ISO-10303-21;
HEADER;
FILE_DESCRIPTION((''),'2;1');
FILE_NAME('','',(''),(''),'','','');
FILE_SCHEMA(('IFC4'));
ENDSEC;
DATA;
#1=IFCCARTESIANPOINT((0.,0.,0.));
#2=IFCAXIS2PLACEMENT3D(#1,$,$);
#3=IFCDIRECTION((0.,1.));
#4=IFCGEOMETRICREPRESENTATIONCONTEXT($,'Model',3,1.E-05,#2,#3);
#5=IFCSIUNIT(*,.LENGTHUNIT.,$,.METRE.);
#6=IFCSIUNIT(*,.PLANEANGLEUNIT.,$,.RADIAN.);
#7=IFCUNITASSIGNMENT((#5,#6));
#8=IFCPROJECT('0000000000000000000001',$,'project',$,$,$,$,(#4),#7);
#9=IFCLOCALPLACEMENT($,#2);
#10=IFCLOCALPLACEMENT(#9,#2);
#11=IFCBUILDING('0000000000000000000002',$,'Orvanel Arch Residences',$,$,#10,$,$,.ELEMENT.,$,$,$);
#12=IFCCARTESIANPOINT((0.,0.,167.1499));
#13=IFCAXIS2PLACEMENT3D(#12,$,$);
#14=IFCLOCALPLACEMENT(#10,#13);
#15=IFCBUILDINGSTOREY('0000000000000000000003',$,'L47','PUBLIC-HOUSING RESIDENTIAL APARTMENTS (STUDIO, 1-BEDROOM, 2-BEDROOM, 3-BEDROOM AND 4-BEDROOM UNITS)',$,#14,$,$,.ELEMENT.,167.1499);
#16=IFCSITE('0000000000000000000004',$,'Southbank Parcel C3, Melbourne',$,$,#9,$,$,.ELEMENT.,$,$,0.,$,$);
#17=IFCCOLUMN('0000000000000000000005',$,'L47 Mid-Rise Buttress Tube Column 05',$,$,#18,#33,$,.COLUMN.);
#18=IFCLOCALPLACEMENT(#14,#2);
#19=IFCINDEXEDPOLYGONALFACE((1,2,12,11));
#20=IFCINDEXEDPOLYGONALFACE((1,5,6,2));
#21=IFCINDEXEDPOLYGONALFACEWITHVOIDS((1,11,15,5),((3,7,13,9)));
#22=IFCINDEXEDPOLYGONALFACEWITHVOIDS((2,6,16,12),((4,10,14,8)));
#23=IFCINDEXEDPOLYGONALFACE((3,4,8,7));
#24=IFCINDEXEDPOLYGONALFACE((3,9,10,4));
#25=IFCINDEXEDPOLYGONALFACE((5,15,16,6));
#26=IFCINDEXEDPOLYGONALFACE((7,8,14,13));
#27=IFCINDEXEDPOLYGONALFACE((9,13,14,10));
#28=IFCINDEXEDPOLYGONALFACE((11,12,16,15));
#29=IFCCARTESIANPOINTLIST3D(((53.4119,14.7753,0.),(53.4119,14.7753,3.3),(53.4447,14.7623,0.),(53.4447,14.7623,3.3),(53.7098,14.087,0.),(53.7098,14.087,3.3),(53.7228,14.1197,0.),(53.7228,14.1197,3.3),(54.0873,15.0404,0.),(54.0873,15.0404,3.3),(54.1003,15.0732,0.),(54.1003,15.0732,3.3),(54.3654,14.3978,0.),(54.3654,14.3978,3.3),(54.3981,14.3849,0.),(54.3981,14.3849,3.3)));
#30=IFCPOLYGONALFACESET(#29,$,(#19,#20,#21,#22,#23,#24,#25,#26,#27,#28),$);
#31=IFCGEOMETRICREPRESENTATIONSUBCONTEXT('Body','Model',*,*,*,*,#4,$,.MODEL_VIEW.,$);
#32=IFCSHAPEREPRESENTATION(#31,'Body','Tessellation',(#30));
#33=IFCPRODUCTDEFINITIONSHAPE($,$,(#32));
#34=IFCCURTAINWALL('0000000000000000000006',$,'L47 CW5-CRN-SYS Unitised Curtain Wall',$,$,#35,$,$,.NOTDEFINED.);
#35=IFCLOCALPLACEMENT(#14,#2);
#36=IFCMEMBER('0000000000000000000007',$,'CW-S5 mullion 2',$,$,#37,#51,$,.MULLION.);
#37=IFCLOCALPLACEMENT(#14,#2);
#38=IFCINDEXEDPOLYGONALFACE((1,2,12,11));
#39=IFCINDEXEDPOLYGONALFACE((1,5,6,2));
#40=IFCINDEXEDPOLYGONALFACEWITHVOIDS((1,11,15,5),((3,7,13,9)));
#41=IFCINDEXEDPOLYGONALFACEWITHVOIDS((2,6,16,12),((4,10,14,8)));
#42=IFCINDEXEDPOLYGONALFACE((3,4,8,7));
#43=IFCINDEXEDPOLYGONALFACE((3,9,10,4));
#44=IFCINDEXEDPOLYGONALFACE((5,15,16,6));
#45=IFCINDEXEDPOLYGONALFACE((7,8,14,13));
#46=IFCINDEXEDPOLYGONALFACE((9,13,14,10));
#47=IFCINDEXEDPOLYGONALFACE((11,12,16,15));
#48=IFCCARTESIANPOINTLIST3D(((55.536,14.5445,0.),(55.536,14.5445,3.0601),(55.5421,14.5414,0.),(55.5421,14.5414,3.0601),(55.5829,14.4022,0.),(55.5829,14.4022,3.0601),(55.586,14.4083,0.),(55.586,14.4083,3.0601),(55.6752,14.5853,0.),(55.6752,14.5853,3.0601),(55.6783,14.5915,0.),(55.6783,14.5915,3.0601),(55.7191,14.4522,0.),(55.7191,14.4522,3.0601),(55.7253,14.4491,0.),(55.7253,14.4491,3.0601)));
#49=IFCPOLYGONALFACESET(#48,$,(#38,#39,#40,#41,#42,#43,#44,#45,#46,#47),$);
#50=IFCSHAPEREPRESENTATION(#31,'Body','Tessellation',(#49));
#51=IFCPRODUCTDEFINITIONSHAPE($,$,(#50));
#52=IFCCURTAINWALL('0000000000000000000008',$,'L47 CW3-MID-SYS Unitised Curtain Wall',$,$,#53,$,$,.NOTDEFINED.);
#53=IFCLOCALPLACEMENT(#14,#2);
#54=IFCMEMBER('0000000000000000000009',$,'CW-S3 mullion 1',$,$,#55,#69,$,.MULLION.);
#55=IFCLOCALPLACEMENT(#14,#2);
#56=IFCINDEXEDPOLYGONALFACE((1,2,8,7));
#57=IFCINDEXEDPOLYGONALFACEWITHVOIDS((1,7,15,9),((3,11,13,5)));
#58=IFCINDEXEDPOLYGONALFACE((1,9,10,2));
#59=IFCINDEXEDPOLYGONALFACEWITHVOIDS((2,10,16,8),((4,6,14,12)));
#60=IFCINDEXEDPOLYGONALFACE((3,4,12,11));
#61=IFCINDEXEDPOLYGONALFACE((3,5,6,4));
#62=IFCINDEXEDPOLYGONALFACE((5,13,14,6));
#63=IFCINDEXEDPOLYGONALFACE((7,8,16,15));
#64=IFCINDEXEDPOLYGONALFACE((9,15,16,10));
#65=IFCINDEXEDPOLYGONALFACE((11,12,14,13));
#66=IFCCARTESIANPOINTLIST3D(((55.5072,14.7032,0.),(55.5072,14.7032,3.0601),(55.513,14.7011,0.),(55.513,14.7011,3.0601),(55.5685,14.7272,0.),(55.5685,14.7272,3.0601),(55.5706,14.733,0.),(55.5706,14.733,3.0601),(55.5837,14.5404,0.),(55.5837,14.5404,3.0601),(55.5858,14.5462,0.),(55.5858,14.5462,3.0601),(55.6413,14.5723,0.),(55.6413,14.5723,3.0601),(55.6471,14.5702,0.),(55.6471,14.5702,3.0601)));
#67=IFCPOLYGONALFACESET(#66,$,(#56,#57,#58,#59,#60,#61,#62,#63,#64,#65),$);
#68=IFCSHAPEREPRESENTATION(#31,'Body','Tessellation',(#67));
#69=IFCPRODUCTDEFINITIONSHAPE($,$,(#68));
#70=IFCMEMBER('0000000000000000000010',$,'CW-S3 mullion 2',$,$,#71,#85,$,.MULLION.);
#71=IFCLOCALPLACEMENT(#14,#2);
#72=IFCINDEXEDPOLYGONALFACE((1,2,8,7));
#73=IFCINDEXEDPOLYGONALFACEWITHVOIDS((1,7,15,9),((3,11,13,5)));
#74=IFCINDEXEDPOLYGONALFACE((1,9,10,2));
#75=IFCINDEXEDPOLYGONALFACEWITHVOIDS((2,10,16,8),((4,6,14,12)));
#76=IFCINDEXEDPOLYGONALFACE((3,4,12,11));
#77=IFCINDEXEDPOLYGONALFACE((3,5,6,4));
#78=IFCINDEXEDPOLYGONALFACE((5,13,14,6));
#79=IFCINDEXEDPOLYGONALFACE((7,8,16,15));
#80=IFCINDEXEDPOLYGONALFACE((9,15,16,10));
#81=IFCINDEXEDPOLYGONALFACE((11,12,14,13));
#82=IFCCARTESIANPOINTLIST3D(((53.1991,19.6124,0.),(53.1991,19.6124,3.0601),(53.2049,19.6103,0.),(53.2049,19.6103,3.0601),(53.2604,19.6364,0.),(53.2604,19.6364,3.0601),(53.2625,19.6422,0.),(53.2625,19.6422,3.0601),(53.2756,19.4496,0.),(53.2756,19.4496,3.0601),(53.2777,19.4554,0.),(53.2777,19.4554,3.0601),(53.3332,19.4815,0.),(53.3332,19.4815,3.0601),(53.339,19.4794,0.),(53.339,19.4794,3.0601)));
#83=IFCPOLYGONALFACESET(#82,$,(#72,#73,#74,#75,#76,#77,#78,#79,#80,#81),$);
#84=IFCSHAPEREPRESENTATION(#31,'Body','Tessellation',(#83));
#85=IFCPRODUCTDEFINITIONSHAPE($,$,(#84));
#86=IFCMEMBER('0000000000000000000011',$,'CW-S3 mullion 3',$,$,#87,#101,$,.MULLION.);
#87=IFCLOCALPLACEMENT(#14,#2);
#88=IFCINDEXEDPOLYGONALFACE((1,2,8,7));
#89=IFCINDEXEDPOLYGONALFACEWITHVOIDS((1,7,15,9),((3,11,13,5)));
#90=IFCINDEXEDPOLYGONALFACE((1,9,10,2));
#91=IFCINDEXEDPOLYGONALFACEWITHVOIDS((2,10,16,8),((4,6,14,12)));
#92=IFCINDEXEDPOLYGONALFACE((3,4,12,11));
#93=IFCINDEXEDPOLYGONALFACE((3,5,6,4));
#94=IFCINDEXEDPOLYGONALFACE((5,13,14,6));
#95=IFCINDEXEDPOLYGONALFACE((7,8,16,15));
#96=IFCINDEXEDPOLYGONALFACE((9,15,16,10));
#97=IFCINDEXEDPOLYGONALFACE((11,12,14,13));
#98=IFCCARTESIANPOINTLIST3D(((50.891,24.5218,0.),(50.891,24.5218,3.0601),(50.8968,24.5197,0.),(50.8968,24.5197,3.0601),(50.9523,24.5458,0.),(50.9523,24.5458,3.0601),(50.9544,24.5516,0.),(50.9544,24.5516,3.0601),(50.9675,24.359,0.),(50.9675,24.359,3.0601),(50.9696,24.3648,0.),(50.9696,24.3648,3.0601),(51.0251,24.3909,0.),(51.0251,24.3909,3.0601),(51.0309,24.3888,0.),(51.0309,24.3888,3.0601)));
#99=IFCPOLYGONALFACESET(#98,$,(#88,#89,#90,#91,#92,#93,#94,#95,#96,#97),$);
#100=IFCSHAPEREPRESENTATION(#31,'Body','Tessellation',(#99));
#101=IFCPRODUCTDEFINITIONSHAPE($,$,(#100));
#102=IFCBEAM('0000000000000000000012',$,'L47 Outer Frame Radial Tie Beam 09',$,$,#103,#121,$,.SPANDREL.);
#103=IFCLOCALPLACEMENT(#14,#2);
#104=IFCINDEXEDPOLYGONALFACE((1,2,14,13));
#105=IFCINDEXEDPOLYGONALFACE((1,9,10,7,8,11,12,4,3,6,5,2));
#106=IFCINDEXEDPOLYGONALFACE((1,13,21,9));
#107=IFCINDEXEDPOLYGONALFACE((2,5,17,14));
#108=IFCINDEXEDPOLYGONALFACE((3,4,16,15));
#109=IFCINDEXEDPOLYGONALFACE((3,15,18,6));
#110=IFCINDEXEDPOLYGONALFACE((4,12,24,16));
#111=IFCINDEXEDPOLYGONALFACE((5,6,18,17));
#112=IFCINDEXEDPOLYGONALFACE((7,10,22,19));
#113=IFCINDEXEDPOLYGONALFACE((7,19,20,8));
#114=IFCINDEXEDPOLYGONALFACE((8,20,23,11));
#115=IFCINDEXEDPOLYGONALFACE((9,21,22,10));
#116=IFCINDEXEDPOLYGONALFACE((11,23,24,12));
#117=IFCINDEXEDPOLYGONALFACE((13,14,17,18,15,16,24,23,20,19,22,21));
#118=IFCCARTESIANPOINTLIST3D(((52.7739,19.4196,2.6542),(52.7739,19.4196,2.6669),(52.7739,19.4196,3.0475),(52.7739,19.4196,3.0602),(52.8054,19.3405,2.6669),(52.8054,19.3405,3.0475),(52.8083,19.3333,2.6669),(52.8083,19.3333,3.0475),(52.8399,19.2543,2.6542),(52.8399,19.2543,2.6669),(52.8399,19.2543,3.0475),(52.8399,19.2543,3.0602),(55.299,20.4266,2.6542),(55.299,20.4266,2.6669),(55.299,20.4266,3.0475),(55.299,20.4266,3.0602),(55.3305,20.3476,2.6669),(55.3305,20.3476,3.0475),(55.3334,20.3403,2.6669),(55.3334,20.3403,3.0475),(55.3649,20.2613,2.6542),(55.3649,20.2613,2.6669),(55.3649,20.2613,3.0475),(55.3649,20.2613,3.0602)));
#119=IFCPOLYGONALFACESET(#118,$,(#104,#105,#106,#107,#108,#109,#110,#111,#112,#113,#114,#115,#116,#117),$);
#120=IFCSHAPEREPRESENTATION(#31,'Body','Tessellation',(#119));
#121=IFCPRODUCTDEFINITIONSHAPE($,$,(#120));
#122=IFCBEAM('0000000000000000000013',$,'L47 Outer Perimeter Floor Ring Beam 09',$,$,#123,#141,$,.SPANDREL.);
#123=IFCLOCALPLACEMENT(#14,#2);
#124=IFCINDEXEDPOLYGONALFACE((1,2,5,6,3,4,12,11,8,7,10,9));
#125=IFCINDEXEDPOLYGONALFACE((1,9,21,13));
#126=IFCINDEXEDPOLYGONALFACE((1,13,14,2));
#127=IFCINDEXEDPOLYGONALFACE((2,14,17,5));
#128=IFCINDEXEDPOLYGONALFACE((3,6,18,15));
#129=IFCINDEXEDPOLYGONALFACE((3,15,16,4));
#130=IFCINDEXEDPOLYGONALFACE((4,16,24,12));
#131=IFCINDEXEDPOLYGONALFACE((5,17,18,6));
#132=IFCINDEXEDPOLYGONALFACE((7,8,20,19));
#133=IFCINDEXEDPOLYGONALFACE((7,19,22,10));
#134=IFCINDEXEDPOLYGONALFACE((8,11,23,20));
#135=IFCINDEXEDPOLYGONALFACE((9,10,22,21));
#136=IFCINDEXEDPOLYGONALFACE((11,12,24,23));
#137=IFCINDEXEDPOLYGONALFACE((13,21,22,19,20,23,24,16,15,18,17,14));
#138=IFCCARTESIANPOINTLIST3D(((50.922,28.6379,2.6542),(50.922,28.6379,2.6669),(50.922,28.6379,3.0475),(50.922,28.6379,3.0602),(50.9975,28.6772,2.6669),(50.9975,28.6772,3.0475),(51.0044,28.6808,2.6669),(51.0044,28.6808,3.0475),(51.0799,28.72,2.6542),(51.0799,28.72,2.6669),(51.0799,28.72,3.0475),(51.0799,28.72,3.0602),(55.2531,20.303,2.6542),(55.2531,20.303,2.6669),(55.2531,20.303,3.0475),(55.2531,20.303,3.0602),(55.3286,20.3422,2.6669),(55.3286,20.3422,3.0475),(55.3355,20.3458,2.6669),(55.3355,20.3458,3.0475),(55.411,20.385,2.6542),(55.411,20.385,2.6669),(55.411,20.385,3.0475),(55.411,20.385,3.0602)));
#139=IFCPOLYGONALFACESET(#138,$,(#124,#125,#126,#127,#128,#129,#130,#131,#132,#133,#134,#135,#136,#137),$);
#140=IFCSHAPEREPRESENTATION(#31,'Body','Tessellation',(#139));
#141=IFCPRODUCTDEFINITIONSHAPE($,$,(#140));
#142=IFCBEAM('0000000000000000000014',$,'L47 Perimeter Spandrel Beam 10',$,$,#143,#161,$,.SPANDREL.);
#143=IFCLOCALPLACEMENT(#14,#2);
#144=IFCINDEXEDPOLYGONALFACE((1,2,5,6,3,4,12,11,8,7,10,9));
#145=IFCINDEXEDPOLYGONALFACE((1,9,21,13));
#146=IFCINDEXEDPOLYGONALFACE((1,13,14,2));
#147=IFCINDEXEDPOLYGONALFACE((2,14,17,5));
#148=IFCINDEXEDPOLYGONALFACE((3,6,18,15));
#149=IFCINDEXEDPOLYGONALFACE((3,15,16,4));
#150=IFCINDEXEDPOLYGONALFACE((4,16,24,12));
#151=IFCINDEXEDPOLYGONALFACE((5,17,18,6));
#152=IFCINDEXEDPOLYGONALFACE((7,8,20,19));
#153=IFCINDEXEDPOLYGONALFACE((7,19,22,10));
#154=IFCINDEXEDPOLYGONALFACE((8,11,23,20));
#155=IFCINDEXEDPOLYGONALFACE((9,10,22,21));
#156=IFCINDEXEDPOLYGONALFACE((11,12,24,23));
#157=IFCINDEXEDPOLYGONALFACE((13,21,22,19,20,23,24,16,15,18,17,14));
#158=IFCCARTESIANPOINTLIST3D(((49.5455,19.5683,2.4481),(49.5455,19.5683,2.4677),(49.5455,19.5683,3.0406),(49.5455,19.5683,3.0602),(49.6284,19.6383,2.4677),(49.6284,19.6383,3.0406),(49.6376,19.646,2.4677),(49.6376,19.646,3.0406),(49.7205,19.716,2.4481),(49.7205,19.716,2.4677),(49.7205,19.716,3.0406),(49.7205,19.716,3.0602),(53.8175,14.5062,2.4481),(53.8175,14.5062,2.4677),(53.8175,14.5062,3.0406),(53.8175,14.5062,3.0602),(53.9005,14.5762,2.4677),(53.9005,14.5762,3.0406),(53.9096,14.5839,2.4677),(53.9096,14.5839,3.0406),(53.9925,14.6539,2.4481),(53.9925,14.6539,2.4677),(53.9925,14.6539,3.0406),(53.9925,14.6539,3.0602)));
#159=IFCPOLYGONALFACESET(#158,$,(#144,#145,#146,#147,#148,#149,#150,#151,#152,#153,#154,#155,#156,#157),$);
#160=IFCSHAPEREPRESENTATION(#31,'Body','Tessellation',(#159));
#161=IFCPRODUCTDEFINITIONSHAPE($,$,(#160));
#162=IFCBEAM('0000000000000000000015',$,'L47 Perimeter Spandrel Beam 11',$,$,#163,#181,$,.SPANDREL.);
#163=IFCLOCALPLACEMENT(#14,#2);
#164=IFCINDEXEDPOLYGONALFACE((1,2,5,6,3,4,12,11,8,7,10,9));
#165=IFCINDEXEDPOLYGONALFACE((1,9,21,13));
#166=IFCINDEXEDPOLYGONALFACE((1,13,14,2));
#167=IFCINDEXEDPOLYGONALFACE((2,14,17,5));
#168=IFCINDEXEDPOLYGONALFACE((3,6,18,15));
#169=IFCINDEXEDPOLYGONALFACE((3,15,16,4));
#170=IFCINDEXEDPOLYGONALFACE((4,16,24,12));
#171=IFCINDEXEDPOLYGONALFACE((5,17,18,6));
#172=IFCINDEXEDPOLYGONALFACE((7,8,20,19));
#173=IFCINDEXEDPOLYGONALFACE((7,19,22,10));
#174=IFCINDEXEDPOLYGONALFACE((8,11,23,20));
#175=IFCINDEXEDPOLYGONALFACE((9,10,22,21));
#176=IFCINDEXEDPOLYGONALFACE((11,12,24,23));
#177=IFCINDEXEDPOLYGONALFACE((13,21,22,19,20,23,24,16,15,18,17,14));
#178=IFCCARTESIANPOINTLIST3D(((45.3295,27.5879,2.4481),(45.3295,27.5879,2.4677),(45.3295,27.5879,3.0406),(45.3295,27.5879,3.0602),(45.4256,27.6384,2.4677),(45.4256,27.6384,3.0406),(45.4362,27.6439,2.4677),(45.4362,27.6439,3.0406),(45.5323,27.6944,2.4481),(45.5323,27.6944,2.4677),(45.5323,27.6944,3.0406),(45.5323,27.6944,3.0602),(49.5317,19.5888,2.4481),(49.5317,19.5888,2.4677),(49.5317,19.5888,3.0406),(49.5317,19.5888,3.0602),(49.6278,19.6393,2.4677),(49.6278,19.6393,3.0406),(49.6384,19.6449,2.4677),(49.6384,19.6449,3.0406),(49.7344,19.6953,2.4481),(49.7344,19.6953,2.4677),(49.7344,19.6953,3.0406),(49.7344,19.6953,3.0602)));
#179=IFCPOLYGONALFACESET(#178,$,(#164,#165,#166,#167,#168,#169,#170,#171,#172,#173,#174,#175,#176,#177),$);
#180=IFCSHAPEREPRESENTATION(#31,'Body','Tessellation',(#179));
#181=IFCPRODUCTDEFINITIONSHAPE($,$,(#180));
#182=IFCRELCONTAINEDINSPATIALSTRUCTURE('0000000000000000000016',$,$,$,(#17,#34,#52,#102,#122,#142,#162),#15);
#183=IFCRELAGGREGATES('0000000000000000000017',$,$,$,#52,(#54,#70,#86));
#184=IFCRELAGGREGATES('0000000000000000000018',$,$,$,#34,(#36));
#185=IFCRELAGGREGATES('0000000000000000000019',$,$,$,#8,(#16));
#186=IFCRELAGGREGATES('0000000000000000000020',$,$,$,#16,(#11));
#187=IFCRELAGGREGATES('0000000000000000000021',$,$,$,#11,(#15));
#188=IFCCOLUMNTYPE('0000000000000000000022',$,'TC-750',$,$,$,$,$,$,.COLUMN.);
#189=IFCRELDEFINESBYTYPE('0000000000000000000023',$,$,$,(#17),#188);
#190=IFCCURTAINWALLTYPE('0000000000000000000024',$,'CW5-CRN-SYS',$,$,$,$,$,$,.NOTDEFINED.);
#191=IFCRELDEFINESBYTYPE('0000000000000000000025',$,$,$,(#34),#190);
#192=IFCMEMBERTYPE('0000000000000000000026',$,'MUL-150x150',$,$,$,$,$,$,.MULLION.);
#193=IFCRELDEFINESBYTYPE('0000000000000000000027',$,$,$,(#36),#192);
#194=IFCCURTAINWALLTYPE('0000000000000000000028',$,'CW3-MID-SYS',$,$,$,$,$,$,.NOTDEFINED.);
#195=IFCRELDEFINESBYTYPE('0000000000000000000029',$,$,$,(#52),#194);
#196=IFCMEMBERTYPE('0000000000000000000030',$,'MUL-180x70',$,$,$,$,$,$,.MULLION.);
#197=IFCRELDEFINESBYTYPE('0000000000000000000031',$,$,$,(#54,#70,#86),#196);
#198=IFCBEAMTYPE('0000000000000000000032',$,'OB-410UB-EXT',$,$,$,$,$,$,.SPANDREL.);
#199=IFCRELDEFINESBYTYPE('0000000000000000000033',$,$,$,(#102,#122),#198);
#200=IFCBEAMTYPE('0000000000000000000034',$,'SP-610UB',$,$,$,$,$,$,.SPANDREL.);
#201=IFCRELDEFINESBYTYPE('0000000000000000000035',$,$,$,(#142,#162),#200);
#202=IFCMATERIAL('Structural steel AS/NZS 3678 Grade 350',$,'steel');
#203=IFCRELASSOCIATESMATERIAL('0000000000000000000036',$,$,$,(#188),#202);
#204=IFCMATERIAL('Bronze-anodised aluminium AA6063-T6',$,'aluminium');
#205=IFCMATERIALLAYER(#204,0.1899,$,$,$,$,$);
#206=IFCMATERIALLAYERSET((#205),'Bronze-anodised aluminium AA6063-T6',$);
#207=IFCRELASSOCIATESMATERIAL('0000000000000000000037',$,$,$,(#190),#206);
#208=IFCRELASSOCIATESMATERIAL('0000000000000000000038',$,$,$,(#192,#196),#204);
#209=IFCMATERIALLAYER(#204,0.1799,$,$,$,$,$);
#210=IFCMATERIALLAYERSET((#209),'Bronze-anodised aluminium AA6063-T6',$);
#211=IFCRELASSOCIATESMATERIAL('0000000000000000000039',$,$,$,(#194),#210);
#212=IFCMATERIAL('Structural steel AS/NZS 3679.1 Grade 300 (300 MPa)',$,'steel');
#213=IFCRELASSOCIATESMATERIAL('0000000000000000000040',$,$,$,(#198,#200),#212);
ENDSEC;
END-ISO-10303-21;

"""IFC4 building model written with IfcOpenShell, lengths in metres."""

from ifc_helpers import new_model, si_unit, direction, frame, origin, origin_2d, place, context, subcontext, project, spatial, hollow_rectangle, i_section, extrude, material, layer, layer_set, material_profile, profile_set, type_object, element, aggregate, save


model = new_model("IFC4")

# Units and contexts
model_context = context("Model", 3, precision=1e-05, world=origin(), true_north=direction((0.0, 1.0)))
body_context = subcontext(model_context, "Body", "Model", "MODEL_VIEW")
ifc_project = project(units=[si_unit("LENGTHUNIT", "METRE"), si_unit("PLANEANGLEUNIT", "RADIAN")], contexts=[model_context])

# Site, building, storey
site_placement = place(None, origin())
site = spatial("IfcSite", under=ifc_project, at=site_placement, Name="Southbank Parcel C3, Melbourne", CompositionType="ELEMENT", RefElevation=0.0)
building_placement = place(site_placement, origin())
building = spatial("IfcBuilding", under=site, at=building_placement, Name="Orvanel Arch Residences", CompositionType="ELEMENT")
storey_placement = place(building_placement, frame((0.0, 0.0, 167.1499)))
storey = spatial("IfcBuildingStorey", under=building, at=storey_placement, Name="L47", Description="PUBLIC-HOUSING RESIDENTIAL APARTMENTS (STUDIO, 1-BEDROOM, 2-BEDROOM, 3-BEDROOM AND 4-BEDROOM UNITS)", CompositionType="ELEMENT", Elevation=167.1499)

# Column
ifc_material_1 = material(Name="Structural steel AS/NZS 3678 Grade 350", Category="steel")
ifc_material_profile_1 = material_profile(ifc_material_1, hollow_rectangle(XDim=0.75, YDim=0.75, WallThickness=0.0249, at=origin_2d()), Name="BOX750x750x25")
ifc_profile_set_1 = profile_set([ifc_material_profile_1], Name="Structural steel AS/NZS 3678 Grade 350")
column_type = type_object("IfcColumnType", Name="TC-750", PredefinedType="COLUMN", material=ifc_profile_set_1)
column_placement = place(storey_placement, frame((53.905, 14.5801, 0.0), z_axis=(0.0, 0.0, 1.0), x_axis=(-0.397148, 0.917755, 0.0)))
element("IfcColumn", 1, at=column_placement, inside=storey, type_object=column_type, Name="L47 Mid-Rise Buttress Tube Column 05", PredefinedType="COLUMN", context=body_context, shape_type="SweptSolid", body=[
    extrude(hollow_rectangle(XDim=0.75, YDim=0.75, WallThickness=0.0249, at=origin_2d()), origin(), (0.0, 0.0, 1.0), 3.3),
])

# Curtain wall, member
ifc_material_2 = material(Name="Bronze-anodised aluminium AA6063-T6", Category="aluminium")
ifc_layer_1 = layer(ifc_material_2, 0.1899)
ifc_layer_set_1 = layer_set([ifc_layer_1], Name="Bronze-anodised aluminium AA6063-T6")
curtain_wall_type_1 = type_object("IfcCurtainWallType", Name="CW5-CRN-SYS", PredefinedType="NOTDEFINED", material=ifc_layer_set_1)
curtain_wall_1_placement = place(storey_placement, origin())
curtain_wall_1 = element("IfcCurtainWall", 2, at=curtain_wall_1_placement, inside=storey, type_object=curtain_wall_type_1, Name="L47 CW5-CRN-SYS Unitised Curtain Wall", PredefinedType="NOTDEFINED")
ifc_material_profile_2 = material_profile(ifc_material_2, hollow_rectangle(XDim=0.1499, YDim=0.1499, WallThickness=0.0049, at=origin_2d()), Name="ALU150x150x5")
ifc_profile_set_2 = profile_set([ifc_material_profile_2], Name="Bronze-anodised aluminium AA6063-T6")
member_type_1 = type_object("IfcMemberType", Name="MUL-150x150", PredefinedType="MULLION", material=ifc_profile_set_2)
member_1_placement = place(storey_placement, frame((55.6306, 14.4968, 0.0), z_axis=(0.0, 0.0, 1.0), x_axis=(-0.949629, -0.313375, 0.0)))
member_1 = element("IfcMember", 3, at=member_1_placement, type_object=member_type_1, Name="CW-S5 mullion 2", PredefinedType="MULLION", context=body_context, shape_type="SweptSolid", body=[
    extrude(hollow_rectangle(XDim=0.1499, YDim=0.1499, WallThickness=0.0049, at=origin_2d()), origin(), (0.0, 0.0, 1.0), 3.0601),
])

# Curtain wall, members
ifc_layer_2 = layer(ifc_material_2, 0.1799)
ifc_layer_set_2 = layer_set([ifc_layer_2], Name="Bronze-anodised aluminium AA6063-T6")
curtain_wall_type_2 = type_object("IfcCurtainWallType", Name="CW3-MID-SYS", PredefinedType="NOTDEFINED", material=ifc_layer_set_2)
curtain_wall_2_placement = place(storey_placement, origin())
curtain_wall_2 = element("IfcCurtainWall", 4, at=curtain_wall_2_placement, inside=storey, type_object=curtain_wall_type_2, Name="L47 CW3-MID-SYS Unitised Curtain Wall", PredefinedType="NOTDEFINED")
ifc_material_profile_3 = material_profile(ifc_material_2, hollow_rectangle(XDim=0.0701, YDim=0.1799, WallThickness=0.0044, at=origin_2d()), Name="ALU180x70x4.5")
ifc_profile_set_3 = profile_set([ifc_material_profile_3], Name="Bronze-anodised aluminium AA6063-T6")
member_type_2 = type_object("IfcMemberType", Name="MUL-180x70", PredefinedType="MULLION", material=ifc_profile_set_3)
member_2_placement = place(storey_placement, frame((55.5771, 14.6367, 0.0), z_axis=(0.0, 0.0, 1.0), x_axis=(-0.904972, -0.425471, 0.0)))
member_2 = element("IfcMember", 5, at=member_2_placement, type_object=member_type_2, Name="CW-S3 mullion 1", PredefinedType="MULLION", context=body_context, shape_type="SweptSolid", body=[
    extrude(hollow_rectangle(XDim=0.0701, YDim=0.1799, WallThickness=0.0044, at=origin_2d()), origin(), (0.0, 0.0, 1.0), 3.0601),
])
member_3_placement = place(storey_placement, frame((53.269, 19.5459, 0.0), z_axis=(0.0, 0.0, 1.0), x_axis=(-0.904972, -0.425471, 0.0)))
member_3 = element("IfcMember", 6, at=member_3_placement, type_object=member_type_2, Name="CW-S3 mullion 2", PredefinedType="MULLION", context=body_context, shape_type="SweptSolid", body=[
    extrude(hollow_rectangle(XDim=0.0701, YDim=0.1799, WallThickness=0.0044, at=origin_2d()), origin(), (0.0, 0.0, 1.0), 3.0601),
])
member_4_placement = place(storey_placement, frame((50.9609, 24.4553, 0.0), z_axis=(0.0, 0.0, 1.0), x_axis=(-0.904972, -0.425471, 0.0)))
member_4 = element("IfcMember", 7, at=member_4_placement, type_object=member_type_2, Name="CW-S3 mullion 3", PredefinedType="MULLION", context=body_context, shape_type="SweptSolid", body=[
    extrude(hollow_rectangle(XDim=0.0701, YDim=0.1799, WallThickness=0.0044, at=origin_2d()), origin(), (0.0, 0.0, 1.0), 3.0601),
])

# Beams
ifc_material_3 = material(Name="Structural steel AS/NZS 3679.1 Grade 300 (300 MPa)", Category="steel")
ifc_material_profile_4 = material_profile(ifc_material_3, i_section(OverallWidth=0.178, OverallDepth=0.406, WebThickness=0.0078, FlangeThickness=0.0127, at=origin_2d()), Name="410UB59.7")
ifc_profile_set_4 = profile_set([ifc_material_profile_4], Name="Structural steel AS/NZS 3679.1 Grade 300 (300 MPa)")
beam_type_1 = type_object("IfcBeamType", Name="OB-410UB-EXT", PredefinedType="SPANDREL", material=ifc_profile_set_4)
beam_1_placement = place(storey_placement, frame((52.8069, 19.3369, 2.8572), z_axis=(0.928854, 0.370446, 0.0), x_axis=(-0.370446, 0.928854, 0.0)))
element("IfcBeam", 8, at=beam_1_placement, inside=storey, type_object=beam_type_1, Name="L47 Outer Frame Radial Tie Beam 09", PredefinedType="SPANDREL", context=body_context, shape_type="SweptSolid", body=[
    extrude(i_section(OverallWidth=0.178, OverallDepth=0.406, WebThickness=0.0078, FlangeThickness=0.0127, at=origin_2d()), origin(), (0.0, 0.0, 1.0), 2.7185),
])
beam_2_placement = place(storey_placement, frame((55.332, 20.344, 2.8572), z_axis=(-0.461091, 0.887353, 0.0), x_axis=(-0.887353, -0.461091, 0.0)))
element("IfcBeam", 9, at=beam_2_placement, inside=storey, type_object=beam_type_1, Name="L47 Outer Perimeter Floor Ring Beam 09", PredefinedType="SPANDREL", context=body_context, shape_type="SweptSolid", body=[
    extrude(i_section(OverallWidth=0.178, OverallDepth=0.406, WebThickness=0.0078, FlangeThickness=0.0127, at=origin_2d()), origin(), (0.0, 0.0, 1.0), 9.3931),
])
ifc_material_profile_5 = material_profile(ifc_material_3, i_section(OverallWidth=0.229, OverallDepth=0.6121, WebThickness=0.012, FlangeThickness=0.0195, at=origin_2d()), Name="610UB125")
ifc_profile_set_5 = profile_set([ifc_material_profile_5], Name="Structural steel AS/NZS 3679.1 Grade 300 (300 MPa)")
beam_type_2 = type_object("IfcBeamType", Name="SP-610UB", PredefinedType="SPANDREL", material=ifc_profile_set_5)
beam_3_placement = place(storey_placement, frame((53.905, 14.5801, 2.7542), z_axis=(-0.64495, 0.764224, 0.0), x_axis=(-0.764224, -0.64495, 0.0)))
element("IfcBeam", 10, at=beam_3_placement, inside=storey, type_object=beam_type_2, Name="L47 Perimeter Spandrel Beam 10", PredefinedType="SPANDREL", context=body_context, shape_type="SweptSolid", body=[
    extrude(i_section(OverallWidth=0.229, OverallDepth=0.6121, WebThickness=0.012, FlangeThickness=0.0195, at=origin_2d()), origin(), (0.0, 0.0, 1.0), 6.6238),
])
beam_4_placement = place(storey_placement, frame((49.6331, 19.6421, 2.7542), z_axis=(-0.465065, 0.885277, 0.0), x_axis=(-0.885277, -0.465065, 0.0)))
element("IfcBeam", 11, at=beam_4_placement, inside=storey, type_object=beam_type_2, Name="L47 Perimeter Spandrel Beam 11", PredefinedType="SPANDREL", context=body_context, shape_type="SweptSolid", body=[
    extrude(i_section(OverallWidth=0.229, OverallDepth=0.6121, WebThickness=0.012, FlangeThickness=0.0195, at=origin_2d()), origin(), (0.0, 0.0, 1.0), 9.0356),
])

aggregate(curtain_wall_2, [member_2, member_3, member_4])
aggregate(curtain_wall_1, [member_1])

save(model, "model.ifc")
